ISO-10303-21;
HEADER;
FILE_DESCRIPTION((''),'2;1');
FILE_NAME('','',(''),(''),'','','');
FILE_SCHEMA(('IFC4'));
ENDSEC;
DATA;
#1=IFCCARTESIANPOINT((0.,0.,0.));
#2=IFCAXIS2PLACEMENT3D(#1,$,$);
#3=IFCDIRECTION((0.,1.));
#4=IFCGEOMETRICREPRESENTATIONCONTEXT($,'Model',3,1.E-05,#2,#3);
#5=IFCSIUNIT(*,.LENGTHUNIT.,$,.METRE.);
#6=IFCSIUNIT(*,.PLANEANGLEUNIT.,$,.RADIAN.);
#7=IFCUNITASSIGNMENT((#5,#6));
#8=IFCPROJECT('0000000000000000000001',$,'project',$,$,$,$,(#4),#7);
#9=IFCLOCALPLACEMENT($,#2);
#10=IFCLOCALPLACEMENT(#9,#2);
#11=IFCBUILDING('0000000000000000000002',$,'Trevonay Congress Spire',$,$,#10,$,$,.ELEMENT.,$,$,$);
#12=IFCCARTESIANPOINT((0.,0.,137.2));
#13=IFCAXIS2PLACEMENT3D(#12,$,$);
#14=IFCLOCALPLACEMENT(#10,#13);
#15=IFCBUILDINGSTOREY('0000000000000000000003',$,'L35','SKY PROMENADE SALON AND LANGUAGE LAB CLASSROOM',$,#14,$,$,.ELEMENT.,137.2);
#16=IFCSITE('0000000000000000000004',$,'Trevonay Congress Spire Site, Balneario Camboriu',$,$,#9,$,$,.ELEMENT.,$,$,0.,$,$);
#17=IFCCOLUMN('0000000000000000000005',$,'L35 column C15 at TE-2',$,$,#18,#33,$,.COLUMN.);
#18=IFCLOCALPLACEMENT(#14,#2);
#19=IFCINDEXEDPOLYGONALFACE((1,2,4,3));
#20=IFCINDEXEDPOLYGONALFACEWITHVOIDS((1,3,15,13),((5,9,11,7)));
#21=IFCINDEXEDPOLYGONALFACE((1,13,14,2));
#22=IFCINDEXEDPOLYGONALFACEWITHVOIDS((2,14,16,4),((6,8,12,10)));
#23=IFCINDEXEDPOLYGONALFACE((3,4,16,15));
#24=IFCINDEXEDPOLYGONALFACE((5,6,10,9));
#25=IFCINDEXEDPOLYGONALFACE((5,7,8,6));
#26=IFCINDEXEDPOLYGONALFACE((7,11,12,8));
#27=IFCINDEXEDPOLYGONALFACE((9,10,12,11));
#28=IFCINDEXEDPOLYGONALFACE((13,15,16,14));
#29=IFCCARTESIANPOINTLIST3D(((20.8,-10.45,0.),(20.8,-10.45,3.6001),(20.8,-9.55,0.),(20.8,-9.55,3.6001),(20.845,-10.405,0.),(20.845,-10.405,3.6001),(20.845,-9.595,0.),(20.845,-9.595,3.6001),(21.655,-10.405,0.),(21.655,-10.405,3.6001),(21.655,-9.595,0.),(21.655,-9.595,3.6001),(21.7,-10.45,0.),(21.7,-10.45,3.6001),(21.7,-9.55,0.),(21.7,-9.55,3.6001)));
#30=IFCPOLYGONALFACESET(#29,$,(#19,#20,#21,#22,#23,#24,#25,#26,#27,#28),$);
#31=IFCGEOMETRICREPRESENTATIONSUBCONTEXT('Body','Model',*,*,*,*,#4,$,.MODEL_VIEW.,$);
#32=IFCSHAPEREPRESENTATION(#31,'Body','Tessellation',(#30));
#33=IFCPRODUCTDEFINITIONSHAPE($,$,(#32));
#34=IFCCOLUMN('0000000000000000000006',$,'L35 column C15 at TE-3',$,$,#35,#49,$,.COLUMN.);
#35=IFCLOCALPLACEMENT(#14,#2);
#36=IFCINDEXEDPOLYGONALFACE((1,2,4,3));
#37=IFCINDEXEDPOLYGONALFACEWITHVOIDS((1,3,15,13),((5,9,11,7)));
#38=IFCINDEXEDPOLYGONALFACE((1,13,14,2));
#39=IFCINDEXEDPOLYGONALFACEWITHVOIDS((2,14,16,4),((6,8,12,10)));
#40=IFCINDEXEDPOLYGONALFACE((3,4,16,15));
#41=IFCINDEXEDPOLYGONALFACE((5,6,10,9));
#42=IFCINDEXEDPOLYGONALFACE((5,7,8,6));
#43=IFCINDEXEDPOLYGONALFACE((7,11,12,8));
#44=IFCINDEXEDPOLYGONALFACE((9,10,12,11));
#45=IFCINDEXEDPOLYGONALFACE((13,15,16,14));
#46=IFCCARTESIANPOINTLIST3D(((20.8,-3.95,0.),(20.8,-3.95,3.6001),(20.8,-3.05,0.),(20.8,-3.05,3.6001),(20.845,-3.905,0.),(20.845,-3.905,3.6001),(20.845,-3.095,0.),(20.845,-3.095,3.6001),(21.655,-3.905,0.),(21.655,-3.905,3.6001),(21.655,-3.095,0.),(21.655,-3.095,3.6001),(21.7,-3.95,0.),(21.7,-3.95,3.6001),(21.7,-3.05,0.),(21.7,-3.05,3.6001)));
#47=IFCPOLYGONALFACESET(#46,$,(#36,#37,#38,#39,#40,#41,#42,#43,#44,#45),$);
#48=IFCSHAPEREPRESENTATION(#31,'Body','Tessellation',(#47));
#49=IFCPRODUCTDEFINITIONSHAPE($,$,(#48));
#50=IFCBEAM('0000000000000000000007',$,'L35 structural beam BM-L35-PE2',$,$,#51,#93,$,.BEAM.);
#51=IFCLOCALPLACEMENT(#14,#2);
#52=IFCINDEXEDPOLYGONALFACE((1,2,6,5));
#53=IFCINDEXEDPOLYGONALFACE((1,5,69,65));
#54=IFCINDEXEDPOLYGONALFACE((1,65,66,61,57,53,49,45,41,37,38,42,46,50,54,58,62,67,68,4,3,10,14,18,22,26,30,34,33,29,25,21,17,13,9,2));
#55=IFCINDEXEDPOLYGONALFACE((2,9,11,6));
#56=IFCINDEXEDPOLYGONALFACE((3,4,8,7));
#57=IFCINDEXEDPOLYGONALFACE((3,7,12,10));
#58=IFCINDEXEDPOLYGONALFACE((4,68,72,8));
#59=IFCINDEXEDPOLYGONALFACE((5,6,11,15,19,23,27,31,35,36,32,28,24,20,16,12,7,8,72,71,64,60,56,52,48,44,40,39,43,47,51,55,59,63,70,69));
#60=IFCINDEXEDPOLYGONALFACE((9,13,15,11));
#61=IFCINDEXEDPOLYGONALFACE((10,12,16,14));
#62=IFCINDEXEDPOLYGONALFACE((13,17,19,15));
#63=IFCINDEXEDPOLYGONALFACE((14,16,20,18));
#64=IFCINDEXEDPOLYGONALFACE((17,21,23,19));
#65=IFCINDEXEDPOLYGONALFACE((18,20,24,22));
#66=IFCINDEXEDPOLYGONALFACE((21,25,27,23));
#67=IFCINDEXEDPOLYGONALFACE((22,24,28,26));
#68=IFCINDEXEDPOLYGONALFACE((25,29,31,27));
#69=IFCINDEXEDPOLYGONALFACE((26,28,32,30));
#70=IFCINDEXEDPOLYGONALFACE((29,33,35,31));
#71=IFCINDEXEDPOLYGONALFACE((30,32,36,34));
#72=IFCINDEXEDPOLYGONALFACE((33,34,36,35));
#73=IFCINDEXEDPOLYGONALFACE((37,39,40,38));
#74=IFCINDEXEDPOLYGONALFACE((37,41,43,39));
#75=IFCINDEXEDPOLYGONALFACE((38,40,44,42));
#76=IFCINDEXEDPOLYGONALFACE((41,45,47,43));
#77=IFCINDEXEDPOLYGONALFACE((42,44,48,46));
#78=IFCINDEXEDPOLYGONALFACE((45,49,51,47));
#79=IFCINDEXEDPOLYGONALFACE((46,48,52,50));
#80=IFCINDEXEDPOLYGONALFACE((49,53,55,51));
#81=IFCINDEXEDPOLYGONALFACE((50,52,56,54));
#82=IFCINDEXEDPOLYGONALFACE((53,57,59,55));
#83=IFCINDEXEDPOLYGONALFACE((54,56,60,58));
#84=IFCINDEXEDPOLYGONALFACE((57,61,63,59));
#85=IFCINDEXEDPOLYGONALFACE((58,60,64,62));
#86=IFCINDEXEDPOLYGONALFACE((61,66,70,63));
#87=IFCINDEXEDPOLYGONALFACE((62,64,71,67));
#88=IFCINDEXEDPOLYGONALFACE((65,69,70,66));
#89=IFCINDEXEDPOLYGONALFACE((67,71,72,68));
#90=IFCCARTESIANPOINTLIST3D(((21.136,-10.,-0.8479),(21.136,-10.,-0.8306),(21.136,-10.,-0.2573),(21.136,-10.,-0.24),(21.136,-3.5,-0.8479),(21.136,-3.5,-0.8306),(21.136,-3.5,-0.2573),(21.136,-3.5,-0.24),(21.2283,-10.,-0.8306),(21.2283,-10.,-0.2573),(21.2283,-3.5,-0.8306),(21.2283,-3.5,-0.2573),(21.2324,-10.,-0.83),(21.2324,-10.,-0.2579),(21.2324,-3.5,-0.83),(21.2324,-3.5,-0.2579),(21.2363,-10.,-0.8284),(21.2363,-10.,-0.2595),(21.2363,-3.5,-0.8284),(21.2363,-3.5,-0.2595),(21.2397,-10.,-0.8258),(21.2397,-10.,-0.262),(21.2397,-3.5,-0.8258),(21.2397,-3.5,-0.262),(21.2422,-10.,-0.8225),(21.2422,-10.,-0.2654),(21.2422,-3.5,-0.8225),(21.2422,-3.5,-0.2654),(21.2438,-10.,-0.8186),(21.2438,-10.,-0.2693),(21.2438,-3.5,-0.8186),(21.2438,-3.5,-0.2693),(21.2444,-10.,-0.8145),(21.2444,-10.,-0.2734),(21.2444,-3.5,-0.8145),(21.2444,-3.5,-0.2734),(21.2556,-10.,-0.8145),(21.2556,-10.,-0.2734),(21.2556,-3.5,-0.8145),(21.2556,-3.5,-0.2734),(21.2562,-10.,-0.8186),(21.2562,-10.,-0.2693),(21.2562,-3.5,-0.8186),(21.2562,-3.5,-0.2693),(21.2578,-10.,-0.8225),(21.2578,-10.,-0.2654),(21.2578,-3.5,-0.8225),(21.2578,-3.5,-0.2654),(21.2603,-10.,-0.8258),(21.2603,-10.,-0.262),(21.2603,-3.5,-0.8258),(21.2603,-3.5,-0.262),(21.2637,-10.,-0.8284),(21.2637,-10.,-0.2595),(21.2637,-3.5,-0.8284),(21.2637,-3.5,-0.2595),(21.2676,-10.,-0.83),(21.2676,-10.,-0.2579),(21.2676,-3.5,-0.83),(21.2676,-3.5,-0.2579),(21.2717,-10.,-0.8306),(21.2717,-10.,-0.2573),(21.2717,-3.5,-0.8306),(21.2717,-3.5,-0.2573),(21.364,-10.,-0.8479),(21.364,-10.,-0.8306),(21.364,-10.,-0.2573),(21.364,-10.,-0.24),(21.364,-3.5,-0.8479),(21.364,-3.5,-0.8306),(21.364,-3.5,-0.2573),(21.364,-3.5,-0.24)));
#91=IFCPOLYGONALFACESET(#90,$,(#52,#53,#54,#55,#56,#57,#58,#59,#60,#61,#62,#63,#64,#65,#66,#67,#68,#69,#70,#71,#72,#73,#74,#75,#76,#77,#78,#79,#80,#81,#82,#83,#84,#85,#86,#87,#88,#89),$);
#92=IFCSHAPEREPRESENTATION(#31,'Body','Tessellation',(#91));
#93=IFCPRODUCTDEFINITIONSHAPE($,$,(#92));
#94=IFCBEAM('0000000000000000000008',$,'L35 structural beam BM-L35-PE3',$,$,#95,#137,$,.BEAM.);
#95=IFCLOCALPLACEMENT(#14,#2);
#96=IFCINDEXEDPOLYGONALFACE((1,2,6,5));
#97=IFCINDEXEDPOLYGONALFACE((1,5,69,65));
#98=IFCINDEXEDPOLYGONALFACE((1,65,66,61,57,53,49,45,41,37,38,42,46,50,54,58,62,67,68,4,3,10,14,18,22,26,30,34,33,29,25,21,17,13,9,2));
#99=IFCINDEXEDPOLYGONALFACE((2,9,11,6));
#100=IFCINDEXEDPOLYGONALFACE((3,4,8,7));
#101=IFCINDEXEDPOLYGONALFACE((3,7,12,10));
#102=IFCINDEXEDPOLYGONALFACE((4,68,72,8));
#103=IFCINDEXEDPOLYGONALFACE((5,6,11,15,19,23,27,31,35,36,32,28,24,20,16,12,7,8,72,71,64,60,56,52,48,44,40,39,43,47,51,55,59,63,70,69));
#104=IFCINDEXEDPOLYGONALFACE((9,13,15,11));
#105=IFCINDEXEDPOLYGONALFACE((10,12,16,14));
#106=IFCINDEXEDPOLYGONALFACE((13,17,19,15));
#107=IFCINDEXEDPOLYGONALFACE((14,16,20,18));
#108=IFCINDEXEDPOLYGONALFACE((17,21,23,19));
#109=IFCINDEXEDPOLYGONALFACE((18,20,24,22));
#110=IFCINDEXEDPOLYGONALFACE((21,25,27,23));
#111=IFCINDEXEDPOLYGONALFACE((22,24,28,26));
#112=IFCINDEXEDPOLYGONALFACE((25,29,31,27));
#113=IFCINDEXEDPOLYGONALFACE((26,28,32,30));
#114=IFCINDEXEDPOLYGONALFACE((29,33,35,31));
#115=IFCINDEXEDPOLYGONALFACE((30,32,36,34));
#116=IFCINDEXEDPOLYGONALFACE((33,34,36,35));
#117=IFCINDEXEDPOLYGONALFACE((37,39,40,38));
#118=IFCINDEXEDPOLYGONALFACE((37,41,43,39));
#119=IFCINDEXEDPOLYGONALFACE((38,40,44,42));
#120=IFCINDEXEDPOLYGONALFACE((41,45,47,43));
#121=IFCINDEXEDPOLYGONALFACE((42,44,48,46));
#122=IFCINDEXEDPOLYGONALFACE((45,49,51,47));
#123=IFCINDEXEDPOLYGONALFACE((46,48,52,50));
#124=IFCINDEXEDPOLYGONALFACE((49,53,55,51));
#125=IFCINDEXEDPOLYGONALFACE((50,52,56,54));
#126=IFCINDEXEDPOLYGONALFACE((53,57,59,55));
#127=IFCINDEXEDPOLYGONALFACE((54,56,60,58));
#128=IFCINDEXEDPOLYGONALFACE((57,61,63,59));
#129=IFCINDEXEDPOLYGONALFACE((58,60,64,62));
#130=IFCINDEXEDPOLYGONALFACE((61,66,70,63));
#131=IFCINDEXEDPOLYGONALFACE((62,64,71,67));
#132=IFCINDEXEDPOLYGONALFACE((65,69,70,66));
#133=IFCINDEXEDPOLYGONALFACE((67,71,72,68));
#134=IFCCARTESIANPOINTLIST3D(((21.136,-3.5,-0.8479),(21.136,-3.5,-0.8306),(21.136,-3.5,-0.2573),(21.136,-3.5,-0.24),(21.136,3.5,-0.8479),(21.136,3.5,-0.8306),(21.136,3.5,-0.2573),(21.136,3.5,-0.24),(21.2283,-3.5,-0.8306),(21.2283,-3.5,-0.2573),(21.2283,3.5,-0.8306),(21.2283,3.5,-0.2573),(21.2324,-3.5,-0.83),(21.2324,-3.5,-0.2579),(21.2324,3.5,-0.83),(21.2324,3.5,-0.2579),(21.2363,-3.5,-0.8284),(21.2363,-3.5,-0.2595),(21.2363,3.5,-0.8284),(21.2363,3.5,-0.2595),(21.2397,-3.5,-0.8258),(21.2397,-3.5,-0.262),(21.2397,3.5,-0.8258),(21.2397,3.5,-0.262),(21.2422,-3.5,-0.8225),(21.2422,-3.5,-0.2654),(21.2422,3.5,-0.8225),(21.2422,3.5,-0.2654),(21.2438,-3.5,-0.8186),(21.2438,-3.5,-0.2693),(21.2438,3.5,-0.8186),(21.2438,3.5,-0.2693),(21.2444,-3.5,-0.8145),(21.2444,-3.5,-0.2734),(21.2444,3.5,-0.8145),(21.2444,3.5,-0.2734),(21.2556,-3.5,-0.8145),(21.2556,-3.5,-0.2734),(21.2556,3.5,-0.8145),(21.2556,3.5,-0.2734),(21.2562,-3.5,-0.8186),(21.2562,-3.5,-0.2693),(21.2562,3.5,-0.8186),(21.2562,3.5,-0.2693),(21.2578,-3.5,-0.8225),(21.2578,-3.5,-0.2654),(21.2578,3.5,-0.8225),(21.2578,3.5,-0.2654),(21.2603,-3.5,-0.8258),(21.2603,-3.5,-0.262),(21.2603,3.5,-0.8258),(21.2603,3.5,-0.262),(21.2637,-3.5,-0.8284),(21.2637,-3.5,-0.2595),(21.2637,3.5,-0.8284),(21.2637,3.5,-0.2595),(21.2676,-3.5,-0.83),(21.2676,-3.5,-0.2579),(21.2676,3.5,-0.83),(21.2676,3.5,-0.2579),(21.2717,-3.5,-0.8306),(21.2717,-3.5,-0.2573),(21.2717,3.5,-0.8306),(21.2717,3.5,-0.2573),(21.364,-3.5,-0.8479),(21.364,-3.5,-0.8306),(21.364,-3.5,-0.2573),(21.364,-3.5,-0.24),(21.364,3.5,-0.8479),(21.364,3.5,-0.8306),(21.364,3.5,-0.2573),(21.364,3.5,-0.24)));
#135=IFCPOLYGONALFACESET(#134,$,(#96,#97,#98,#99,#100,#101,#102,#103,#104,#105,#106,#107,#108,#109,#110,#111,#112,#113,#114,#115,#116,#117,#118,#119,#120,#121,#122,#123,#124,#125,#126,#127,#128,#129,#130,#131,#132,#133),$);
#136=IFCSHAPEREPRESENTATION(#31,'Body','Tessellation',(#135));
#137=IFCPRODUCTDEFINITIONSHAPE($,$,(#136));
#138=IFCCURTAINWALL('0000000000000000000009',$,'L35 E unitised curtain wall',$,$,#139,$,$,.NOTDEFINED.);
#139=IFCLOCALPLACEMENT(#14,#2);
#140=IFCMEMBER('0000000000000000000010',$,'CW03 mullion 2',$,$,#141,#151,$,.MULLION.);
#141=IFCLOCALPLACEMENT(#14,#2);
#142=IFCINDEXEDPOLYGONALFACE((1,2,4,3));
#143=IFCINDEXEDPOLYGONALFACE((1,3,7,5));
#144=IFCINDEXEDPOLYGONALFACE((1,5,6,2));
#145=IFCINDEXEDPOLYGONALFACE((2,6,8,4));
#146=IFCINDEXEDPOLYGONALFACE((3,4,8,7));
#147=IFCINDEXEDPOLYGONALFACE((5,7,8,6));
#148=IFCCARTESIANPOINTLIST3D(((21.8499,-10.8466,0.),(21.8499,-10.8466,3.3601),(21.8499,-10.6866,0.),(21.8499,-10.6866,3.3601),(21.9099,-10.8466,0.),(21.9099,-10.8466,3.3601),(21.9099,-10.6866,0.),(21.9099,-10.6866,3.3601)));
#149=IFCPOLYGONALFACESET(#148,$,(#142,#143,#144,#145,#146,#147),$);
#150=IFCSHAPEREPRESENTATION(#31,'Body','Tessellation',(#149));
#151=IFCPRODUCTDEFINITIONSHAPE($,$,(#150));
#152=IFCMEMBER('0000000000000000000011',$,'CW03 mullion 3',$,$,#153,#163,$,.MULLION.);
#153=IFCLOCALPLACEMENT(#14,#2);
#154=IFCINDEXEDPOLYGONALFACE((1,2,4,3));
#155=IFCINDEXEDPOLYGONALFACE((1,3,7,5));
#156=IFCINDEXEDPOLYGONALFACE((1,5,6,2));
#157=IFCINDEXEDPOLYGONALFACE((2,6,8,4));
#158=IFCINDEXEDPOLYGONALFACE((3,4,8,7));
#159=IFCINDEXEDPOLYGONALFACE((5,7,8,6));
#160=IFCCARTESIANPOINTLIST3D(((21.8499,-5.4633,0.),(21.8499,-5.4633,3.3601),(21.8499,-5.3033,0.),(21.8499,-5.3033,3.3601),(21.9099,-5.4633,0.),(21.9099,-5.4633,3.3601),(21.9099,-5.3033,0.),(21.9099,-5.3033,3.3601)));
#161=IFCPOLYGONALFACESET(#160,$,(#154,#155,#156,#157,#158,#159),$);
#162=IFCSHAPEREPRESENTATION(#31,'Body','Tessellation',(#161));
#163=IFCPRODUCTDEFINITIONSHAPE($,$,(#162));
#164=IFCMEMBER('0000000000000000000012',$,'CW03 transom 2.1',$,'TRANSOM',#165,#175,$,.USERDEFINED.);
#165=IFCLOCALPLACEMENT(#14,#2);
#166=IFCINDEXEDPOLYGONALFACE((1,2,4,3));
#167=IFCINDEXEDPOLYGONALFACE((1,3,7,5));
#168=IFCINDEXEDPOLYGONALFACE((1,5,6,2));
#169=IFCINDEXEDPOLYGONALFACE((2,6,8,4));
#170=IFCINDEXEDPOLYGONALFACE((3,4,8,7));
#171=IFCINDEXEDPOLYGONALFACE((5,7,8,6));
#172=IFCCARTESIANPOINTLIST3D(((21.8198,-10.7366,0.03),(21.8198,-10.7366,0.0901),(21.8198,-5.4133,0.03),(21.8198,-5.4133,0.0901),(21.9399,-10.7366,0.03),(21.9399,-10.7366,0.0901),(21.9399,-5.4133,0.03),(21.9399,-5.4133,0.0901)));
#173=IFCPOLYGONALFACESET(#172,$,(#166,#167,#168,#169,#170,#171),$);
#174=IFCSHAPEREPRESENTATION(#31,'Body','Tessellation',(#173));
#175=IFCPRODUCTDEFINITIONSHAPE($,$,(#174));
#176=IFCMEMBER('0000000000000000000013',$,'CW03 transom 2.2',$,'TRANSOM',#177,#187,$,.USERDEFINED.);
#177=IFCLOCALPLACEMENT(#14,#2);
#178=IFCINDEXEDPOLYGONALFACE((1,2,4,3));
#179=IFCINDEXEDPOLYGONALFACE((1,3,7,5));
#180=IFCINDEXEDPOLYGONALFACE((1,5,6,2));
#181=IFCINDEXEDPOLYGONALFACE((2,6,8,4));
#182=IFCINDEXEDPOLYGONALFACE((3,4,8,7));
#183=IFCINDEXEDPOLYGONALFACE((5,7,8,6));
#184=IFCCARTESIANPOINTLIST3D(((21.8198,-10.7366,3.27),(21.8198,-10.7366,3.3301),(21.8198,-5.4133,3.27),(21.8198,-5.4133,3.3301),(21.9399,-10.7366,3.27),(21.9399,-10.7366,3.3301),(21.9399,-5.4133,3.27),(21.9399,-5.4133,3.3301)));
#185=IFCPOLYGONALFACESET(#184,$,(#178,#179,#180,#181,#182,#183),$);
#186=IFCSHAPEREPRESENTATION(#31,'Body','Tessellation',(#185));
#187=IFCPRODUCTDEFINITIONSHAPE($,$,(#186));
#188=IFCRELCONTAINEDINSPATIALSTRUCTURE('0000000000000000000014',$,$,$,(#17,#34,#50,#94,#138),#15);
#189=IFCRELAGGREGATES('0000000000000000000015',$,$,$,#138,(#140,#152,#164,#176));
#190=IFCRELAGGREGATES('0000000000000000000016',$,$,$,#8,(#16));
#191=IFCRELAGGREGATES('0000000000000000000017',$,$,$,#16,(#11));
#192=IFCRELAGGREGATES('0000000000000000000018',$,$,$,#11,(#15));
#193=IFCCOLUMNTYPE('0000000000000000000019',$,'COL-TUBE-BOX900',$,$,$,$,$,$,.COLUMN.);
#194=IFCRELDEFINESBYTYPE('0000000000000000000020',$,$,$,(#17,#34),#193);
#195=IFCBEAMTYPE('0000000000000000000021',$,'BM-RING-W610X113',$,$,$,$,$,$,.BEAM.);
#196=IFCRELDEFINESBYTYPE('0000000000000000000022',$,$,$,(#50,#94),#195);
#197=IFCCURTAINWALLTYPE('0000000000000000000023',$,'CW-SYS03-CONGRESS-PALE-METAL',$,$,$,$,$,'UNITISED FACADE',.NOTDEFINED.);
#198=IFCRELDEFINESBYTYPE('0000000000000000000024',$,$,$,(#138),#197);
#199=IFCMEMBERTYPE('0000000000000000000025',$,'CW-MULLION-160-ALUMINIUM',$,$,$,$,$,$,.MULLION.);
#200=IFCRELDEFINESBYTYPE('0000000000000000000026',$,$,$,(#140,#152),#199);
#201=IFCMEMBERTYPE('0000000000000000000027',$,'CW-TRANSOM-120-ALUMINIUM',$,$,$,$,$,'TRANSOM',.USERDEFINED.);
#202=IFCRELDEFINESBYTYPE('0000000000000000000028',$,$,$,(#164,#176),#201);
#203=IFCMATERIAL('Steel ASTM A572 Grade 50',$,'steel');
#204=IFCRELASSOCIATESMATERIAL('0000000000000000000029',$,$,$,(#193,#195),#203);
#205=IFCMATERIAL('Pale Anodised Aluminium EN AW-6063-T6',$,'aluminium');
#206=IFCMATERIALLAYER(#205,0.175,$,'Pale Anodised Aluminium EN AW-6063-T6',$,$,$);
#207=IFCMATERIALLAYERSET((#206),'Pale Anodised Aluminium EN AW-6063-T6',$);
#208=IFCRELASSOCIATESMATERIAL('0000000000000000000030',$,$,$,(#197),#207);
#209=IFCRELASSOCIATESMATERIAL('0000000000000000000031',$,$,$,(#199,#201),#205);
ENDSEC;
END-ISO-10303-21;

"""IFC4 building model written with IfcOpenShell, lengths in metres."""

from ifc_helpers import new_model, si_unit, direction, frame, origin, origin_2d, place, context, subcontext, project, spatial, rectangle, hollow_rectangle, i_section, extrude, material, layer, layer_set, material_profile, profile_set, type_object, element, aggregate, save


model = new_model("IFC4")

# Units and contexts
model_context = context("Model", 3, precision=1e-05, world=origin(), true_north=direction((0.0, 1.0)))
body_context = subcontext(model_context, "Body", "Model", "MODEL_VIEW")
ifc_project = project(units=[si_unit("LENGTHUNIT", "METRE"), si_unit("PLANEANGLEUNIT", "RADIAN")], contexts=[model_context])

# Site, building, storey
site_placement = place(None, origin())
site = spatial("IfcSite", under=ifc_project, at=site_placement, Name="Trevonay Congress Spire Site, Balneario Camboriu", CompositionType="ELEMENT", RefElevation=0.0)
building_placement = place(site_placement, origin())
building = spatial("IfcBuilding", under=site, at=building_placement, Name="Trevonay Congress Spire", CompositionType="ELEMENT")
storey_placement = place(building_placement, frame((0.0, 0.0, 137.2)))
storey = spatial("IfcBuildingStorey", under=building, at=storey_placement, Name="L35", Description="SKY PROMENADE SALON AND LANGUAGE LAB CLASSROOM", CompositionType="ELEMENT", Elevation=137.2)

# Columns
ifc_material_1 = material(Name="Steel ASTM A572 Grade 50", Category="steel")
ifc_material_profile_1 = material_profile(ifc_material_1, hollow_rectangle(XDim=0.8999, YDim=0.8999, WallThickness=0.0449, at=origin_2d()), Name="BOX 900x900x45")
ifc_profile_set_1 = profile_set([ifc_material_profile_1], Name="Steel ASTM A572 Grade 50")
column_type = type_object("IfcColumnType", Name="COL-TUBE-BOX900", PredefinedType="COLUMN", material=ifc_profile_set_1)
for number, where, z_axis, x_axis, name in (
    (1, (21.25, -10.0, 0.0), (0.0, 0.0, 1.0), (1.0, 0.0, 0.0), "L35 column C15 at TE-2"),
    (2, (21.25, -3.5, 0.0), (0.0, 0.0, 1.0), (1.0, 0.0, 0.0), "L35 column C15 at TE-3"),
):
    element("IfcColumn", number, at=place(storey_placement, frame(where, z_axis=z_axis, x_axis=x_axis)), inside=storey, type_object=column_type, Name=name, PredefinedType="COLUMN", context=body_context, shape_type="SweptSolid", body=[
        extrude(hollow_rectangle(XDim=0.8999, YDim=0.8999, WallThickness=0.0449, at=origin_2d()), origin(), (0.0, 0.0, 1.0), 3.6001),
    ])

# Beams
ifc_material_profile_2 = material_profile(ifc_material_1, i_section(OverallWidth=0.228, OverallDepth=0.6079, WebThickness=0.0112, FlangeThickness=0.0173, FilletRadius=0.0161, at=origin_2d()), Name="W610x113")
ifc_profile_set_2 = profile_set([ifc_material_profile_2], Name="Steel ASTM A572 Grade 50")
beam_type = type_object("IfcBeamType", Name="BM-RING-W610X113", PredefinedType="BEAM", material=ifc_profile_set_2)
beam_1_placement = place(storey_placement, frame((21.25, -10.0, -0.5439), z_axis=(0.0, 1.0, 0.0), x_axis=(-1.0, 0.0, 0.0)))
element("IfcBeam", 3, at=beam_1_placement, inside=storey, type_object=beam_type, Name="L35 structural beam BM-L35-PE2", PredefinedType="BEAM", context=body_context, shape_type="SweptSolid", body=[
    extrude(i_section(OverallWidth=0.228, OverallDepth=0.6079, WebThickness=0.0112, FlangeThickness=0.0173, FilletRadius=0.0161, at=origin_2d()), origin(), (0.0, 0.0, 1.0), 6.5),
])
beam_2_placement = place(storey_placement, frame((21.25, -3.5, -0.5439), z_axis=(0.0, 1.0, 0.0), x_axis=(-1.0, 0.0, 0.0)))
element("IfcBeam", 4, at=beam_2_placement, inside=storey, type_object=beam_type, Name="L35 structural beam BM-L35-PE3", PredefinedType="BEAM", context=body_context, shape_type="SweptSolid", body=[
    extrude(i_section(OverallWidth=0.228, OverallDepth=0.6079, WebThickness=0.0112, FlangeThickness=0.0173, FilletRadius=0.0161, at=origin_2d()), origin(), (0.0, 0.0, 1.0), 7.0),
])

# Curtain wall, members
ifc_material_2 = material(Name="Pale Anodised Aluminium EN AW-6063-T6", Category="aluminium")
ifc_layer_1 = layer(ifc_material_2, 0.175, Name="Pale Anodised Aluminium EN AW-6063-T6")
ifc_layer_set_1 = layer_set([ifc_layer_1], Name="Pale Anodised Aluminium EN AW-6063-T6")
curtain_wall_type = type_object("IfcCurtainWallType", Name="CW-SYS03-CONGRESS-PALE-METAL", ElementType="UNITISED FACADE", PredefinedType="NOTDEFINED", material=ifc_layer_set_1)
curtain_wall_placement = place(storey_placement, origin())
curtain_wall = element("IfcCurtainWall", 5, at=curtain_wall_placement, inside=storey, type_object=curtain_wall_type, Name="L35 E unitised curtain wall", PredefinedType="NOTDEFINED")
ifc_material_profile_3 = material_profile(ifc_material_2, rectangle(XDim=0.0601, YDim=0.1599, at=origin_2d()), Name="CW-MULLION-160-ALUMINIUM")
ifc_profile_set_3 = profile_set([ifc_material_profile_3], Name="Pale Anodised Aluminium EN AW-6063-T6")
member_type_1 = type_object("IfcMemberType", Name="CW-MULLION-160-ALUMINIUM", PredefinedType="MULLION", material=ifc_profile_set_3)
member_1_placement = place(storey_placement, frame((21.8799, -10.7666, 0.0), z_axis=(0.0, 0.0, 1.0), x_axis=(-1.0, 0.0, 0.0)))
member_1 = element("IfcMember", 6, at=member_1_placement, type_object=member_type_1, Name="CW03 mullion 2", PredefinedType="MULLION", context=body_context, shape_type="SweptSolid", body=[
    extrude(rectangle(XDim=0.0601, YDim=0.1599, at=origin_2d()), origin(), (0.0, 0.0, 1.0), 3.3601),
])
member_2_placement = place(storey_placement, frame((21.8799, -5.3833, 0.0), z_axis=(0.0, 0.0, 1.0), x_axis=(-1.0, 0.0, 0.0)))
member_2 = element("IfcMember", 7, at=member_2_placement, type_object=member_type_1, Name="CW03 mullion 3", PredefinedType="MULLION", context=body_context, shape_type="SweptSolid", body=[
    extrude(rectangle(XDim=0.0601, YDim=0.1599, at=origin_2d()), origin(), (0.0, 0.0, 1.0), 3.3601),
])
ifc_material_profile_4 = material_profile(ifc_material_2, rectangle(XDim=0.1201, YDim=0.0601, at=origin_2d()), Name="CW-TRANSOM-120-ALUMINIUM")
ifc_profile_set_4 = profile_set([ifc_material_profile_4], Name="Pale Anodised Aluminium EN AW-6063-T6")
member_type_2 = type_object("IfcMemberType", Name="CW-TRANSOM-120-ALUMINIUM", ElementType="TRANSOM", PredefinedType="USERDEFINED", material=ifc_profile_set_4)
member_3_placement = place(storey_placement, frame((21.8799, -10.7366, 0.0601), z_axis=(0.0, 1.0, 0.0), x_axis=(-1.0, 0.0, 0.0)))
member_3 = element("IfcMember", 8, at=member_3_placement, type_object=member_type_2, Name="CW03 transom 2.1", ObjectType="TRANSOM", PredefinedType="USERDEFINED", context=body_context, shape_type="SweptSolid", body=[
    extrude(rectangle(XDim=0.1201, YDim=0.0601, at=origin_2d()), origin(), (0.0, 0.0, 1.0), 5.3232),
])
member_4_placement = place(storey_placement, frame((21.8799, -10.7366, 3.3), z_axis=(0.0, 1.0, 0.0), x_axis=(-1.0, 0.0, 0.0)))
member_4 = element("IfcMember", 9, at=member_4_placement, type_object=member_type_2, Name="CW03 transom 2.2", ObjectType="TRANSOM", PredefinedType="USERDEFINED", context=body_context, shape_type="SweptSolid", body=[
    extrude(rectangle(XDim=0.1201, YDim=0.0601, at=origin_2d()), origin(), (0.0, 0.0, 1.0), 5.3232),
])
aggregate(curtain_wall, [member_1, member_2, member_3, member_4])

save(model, "model.ifc")
